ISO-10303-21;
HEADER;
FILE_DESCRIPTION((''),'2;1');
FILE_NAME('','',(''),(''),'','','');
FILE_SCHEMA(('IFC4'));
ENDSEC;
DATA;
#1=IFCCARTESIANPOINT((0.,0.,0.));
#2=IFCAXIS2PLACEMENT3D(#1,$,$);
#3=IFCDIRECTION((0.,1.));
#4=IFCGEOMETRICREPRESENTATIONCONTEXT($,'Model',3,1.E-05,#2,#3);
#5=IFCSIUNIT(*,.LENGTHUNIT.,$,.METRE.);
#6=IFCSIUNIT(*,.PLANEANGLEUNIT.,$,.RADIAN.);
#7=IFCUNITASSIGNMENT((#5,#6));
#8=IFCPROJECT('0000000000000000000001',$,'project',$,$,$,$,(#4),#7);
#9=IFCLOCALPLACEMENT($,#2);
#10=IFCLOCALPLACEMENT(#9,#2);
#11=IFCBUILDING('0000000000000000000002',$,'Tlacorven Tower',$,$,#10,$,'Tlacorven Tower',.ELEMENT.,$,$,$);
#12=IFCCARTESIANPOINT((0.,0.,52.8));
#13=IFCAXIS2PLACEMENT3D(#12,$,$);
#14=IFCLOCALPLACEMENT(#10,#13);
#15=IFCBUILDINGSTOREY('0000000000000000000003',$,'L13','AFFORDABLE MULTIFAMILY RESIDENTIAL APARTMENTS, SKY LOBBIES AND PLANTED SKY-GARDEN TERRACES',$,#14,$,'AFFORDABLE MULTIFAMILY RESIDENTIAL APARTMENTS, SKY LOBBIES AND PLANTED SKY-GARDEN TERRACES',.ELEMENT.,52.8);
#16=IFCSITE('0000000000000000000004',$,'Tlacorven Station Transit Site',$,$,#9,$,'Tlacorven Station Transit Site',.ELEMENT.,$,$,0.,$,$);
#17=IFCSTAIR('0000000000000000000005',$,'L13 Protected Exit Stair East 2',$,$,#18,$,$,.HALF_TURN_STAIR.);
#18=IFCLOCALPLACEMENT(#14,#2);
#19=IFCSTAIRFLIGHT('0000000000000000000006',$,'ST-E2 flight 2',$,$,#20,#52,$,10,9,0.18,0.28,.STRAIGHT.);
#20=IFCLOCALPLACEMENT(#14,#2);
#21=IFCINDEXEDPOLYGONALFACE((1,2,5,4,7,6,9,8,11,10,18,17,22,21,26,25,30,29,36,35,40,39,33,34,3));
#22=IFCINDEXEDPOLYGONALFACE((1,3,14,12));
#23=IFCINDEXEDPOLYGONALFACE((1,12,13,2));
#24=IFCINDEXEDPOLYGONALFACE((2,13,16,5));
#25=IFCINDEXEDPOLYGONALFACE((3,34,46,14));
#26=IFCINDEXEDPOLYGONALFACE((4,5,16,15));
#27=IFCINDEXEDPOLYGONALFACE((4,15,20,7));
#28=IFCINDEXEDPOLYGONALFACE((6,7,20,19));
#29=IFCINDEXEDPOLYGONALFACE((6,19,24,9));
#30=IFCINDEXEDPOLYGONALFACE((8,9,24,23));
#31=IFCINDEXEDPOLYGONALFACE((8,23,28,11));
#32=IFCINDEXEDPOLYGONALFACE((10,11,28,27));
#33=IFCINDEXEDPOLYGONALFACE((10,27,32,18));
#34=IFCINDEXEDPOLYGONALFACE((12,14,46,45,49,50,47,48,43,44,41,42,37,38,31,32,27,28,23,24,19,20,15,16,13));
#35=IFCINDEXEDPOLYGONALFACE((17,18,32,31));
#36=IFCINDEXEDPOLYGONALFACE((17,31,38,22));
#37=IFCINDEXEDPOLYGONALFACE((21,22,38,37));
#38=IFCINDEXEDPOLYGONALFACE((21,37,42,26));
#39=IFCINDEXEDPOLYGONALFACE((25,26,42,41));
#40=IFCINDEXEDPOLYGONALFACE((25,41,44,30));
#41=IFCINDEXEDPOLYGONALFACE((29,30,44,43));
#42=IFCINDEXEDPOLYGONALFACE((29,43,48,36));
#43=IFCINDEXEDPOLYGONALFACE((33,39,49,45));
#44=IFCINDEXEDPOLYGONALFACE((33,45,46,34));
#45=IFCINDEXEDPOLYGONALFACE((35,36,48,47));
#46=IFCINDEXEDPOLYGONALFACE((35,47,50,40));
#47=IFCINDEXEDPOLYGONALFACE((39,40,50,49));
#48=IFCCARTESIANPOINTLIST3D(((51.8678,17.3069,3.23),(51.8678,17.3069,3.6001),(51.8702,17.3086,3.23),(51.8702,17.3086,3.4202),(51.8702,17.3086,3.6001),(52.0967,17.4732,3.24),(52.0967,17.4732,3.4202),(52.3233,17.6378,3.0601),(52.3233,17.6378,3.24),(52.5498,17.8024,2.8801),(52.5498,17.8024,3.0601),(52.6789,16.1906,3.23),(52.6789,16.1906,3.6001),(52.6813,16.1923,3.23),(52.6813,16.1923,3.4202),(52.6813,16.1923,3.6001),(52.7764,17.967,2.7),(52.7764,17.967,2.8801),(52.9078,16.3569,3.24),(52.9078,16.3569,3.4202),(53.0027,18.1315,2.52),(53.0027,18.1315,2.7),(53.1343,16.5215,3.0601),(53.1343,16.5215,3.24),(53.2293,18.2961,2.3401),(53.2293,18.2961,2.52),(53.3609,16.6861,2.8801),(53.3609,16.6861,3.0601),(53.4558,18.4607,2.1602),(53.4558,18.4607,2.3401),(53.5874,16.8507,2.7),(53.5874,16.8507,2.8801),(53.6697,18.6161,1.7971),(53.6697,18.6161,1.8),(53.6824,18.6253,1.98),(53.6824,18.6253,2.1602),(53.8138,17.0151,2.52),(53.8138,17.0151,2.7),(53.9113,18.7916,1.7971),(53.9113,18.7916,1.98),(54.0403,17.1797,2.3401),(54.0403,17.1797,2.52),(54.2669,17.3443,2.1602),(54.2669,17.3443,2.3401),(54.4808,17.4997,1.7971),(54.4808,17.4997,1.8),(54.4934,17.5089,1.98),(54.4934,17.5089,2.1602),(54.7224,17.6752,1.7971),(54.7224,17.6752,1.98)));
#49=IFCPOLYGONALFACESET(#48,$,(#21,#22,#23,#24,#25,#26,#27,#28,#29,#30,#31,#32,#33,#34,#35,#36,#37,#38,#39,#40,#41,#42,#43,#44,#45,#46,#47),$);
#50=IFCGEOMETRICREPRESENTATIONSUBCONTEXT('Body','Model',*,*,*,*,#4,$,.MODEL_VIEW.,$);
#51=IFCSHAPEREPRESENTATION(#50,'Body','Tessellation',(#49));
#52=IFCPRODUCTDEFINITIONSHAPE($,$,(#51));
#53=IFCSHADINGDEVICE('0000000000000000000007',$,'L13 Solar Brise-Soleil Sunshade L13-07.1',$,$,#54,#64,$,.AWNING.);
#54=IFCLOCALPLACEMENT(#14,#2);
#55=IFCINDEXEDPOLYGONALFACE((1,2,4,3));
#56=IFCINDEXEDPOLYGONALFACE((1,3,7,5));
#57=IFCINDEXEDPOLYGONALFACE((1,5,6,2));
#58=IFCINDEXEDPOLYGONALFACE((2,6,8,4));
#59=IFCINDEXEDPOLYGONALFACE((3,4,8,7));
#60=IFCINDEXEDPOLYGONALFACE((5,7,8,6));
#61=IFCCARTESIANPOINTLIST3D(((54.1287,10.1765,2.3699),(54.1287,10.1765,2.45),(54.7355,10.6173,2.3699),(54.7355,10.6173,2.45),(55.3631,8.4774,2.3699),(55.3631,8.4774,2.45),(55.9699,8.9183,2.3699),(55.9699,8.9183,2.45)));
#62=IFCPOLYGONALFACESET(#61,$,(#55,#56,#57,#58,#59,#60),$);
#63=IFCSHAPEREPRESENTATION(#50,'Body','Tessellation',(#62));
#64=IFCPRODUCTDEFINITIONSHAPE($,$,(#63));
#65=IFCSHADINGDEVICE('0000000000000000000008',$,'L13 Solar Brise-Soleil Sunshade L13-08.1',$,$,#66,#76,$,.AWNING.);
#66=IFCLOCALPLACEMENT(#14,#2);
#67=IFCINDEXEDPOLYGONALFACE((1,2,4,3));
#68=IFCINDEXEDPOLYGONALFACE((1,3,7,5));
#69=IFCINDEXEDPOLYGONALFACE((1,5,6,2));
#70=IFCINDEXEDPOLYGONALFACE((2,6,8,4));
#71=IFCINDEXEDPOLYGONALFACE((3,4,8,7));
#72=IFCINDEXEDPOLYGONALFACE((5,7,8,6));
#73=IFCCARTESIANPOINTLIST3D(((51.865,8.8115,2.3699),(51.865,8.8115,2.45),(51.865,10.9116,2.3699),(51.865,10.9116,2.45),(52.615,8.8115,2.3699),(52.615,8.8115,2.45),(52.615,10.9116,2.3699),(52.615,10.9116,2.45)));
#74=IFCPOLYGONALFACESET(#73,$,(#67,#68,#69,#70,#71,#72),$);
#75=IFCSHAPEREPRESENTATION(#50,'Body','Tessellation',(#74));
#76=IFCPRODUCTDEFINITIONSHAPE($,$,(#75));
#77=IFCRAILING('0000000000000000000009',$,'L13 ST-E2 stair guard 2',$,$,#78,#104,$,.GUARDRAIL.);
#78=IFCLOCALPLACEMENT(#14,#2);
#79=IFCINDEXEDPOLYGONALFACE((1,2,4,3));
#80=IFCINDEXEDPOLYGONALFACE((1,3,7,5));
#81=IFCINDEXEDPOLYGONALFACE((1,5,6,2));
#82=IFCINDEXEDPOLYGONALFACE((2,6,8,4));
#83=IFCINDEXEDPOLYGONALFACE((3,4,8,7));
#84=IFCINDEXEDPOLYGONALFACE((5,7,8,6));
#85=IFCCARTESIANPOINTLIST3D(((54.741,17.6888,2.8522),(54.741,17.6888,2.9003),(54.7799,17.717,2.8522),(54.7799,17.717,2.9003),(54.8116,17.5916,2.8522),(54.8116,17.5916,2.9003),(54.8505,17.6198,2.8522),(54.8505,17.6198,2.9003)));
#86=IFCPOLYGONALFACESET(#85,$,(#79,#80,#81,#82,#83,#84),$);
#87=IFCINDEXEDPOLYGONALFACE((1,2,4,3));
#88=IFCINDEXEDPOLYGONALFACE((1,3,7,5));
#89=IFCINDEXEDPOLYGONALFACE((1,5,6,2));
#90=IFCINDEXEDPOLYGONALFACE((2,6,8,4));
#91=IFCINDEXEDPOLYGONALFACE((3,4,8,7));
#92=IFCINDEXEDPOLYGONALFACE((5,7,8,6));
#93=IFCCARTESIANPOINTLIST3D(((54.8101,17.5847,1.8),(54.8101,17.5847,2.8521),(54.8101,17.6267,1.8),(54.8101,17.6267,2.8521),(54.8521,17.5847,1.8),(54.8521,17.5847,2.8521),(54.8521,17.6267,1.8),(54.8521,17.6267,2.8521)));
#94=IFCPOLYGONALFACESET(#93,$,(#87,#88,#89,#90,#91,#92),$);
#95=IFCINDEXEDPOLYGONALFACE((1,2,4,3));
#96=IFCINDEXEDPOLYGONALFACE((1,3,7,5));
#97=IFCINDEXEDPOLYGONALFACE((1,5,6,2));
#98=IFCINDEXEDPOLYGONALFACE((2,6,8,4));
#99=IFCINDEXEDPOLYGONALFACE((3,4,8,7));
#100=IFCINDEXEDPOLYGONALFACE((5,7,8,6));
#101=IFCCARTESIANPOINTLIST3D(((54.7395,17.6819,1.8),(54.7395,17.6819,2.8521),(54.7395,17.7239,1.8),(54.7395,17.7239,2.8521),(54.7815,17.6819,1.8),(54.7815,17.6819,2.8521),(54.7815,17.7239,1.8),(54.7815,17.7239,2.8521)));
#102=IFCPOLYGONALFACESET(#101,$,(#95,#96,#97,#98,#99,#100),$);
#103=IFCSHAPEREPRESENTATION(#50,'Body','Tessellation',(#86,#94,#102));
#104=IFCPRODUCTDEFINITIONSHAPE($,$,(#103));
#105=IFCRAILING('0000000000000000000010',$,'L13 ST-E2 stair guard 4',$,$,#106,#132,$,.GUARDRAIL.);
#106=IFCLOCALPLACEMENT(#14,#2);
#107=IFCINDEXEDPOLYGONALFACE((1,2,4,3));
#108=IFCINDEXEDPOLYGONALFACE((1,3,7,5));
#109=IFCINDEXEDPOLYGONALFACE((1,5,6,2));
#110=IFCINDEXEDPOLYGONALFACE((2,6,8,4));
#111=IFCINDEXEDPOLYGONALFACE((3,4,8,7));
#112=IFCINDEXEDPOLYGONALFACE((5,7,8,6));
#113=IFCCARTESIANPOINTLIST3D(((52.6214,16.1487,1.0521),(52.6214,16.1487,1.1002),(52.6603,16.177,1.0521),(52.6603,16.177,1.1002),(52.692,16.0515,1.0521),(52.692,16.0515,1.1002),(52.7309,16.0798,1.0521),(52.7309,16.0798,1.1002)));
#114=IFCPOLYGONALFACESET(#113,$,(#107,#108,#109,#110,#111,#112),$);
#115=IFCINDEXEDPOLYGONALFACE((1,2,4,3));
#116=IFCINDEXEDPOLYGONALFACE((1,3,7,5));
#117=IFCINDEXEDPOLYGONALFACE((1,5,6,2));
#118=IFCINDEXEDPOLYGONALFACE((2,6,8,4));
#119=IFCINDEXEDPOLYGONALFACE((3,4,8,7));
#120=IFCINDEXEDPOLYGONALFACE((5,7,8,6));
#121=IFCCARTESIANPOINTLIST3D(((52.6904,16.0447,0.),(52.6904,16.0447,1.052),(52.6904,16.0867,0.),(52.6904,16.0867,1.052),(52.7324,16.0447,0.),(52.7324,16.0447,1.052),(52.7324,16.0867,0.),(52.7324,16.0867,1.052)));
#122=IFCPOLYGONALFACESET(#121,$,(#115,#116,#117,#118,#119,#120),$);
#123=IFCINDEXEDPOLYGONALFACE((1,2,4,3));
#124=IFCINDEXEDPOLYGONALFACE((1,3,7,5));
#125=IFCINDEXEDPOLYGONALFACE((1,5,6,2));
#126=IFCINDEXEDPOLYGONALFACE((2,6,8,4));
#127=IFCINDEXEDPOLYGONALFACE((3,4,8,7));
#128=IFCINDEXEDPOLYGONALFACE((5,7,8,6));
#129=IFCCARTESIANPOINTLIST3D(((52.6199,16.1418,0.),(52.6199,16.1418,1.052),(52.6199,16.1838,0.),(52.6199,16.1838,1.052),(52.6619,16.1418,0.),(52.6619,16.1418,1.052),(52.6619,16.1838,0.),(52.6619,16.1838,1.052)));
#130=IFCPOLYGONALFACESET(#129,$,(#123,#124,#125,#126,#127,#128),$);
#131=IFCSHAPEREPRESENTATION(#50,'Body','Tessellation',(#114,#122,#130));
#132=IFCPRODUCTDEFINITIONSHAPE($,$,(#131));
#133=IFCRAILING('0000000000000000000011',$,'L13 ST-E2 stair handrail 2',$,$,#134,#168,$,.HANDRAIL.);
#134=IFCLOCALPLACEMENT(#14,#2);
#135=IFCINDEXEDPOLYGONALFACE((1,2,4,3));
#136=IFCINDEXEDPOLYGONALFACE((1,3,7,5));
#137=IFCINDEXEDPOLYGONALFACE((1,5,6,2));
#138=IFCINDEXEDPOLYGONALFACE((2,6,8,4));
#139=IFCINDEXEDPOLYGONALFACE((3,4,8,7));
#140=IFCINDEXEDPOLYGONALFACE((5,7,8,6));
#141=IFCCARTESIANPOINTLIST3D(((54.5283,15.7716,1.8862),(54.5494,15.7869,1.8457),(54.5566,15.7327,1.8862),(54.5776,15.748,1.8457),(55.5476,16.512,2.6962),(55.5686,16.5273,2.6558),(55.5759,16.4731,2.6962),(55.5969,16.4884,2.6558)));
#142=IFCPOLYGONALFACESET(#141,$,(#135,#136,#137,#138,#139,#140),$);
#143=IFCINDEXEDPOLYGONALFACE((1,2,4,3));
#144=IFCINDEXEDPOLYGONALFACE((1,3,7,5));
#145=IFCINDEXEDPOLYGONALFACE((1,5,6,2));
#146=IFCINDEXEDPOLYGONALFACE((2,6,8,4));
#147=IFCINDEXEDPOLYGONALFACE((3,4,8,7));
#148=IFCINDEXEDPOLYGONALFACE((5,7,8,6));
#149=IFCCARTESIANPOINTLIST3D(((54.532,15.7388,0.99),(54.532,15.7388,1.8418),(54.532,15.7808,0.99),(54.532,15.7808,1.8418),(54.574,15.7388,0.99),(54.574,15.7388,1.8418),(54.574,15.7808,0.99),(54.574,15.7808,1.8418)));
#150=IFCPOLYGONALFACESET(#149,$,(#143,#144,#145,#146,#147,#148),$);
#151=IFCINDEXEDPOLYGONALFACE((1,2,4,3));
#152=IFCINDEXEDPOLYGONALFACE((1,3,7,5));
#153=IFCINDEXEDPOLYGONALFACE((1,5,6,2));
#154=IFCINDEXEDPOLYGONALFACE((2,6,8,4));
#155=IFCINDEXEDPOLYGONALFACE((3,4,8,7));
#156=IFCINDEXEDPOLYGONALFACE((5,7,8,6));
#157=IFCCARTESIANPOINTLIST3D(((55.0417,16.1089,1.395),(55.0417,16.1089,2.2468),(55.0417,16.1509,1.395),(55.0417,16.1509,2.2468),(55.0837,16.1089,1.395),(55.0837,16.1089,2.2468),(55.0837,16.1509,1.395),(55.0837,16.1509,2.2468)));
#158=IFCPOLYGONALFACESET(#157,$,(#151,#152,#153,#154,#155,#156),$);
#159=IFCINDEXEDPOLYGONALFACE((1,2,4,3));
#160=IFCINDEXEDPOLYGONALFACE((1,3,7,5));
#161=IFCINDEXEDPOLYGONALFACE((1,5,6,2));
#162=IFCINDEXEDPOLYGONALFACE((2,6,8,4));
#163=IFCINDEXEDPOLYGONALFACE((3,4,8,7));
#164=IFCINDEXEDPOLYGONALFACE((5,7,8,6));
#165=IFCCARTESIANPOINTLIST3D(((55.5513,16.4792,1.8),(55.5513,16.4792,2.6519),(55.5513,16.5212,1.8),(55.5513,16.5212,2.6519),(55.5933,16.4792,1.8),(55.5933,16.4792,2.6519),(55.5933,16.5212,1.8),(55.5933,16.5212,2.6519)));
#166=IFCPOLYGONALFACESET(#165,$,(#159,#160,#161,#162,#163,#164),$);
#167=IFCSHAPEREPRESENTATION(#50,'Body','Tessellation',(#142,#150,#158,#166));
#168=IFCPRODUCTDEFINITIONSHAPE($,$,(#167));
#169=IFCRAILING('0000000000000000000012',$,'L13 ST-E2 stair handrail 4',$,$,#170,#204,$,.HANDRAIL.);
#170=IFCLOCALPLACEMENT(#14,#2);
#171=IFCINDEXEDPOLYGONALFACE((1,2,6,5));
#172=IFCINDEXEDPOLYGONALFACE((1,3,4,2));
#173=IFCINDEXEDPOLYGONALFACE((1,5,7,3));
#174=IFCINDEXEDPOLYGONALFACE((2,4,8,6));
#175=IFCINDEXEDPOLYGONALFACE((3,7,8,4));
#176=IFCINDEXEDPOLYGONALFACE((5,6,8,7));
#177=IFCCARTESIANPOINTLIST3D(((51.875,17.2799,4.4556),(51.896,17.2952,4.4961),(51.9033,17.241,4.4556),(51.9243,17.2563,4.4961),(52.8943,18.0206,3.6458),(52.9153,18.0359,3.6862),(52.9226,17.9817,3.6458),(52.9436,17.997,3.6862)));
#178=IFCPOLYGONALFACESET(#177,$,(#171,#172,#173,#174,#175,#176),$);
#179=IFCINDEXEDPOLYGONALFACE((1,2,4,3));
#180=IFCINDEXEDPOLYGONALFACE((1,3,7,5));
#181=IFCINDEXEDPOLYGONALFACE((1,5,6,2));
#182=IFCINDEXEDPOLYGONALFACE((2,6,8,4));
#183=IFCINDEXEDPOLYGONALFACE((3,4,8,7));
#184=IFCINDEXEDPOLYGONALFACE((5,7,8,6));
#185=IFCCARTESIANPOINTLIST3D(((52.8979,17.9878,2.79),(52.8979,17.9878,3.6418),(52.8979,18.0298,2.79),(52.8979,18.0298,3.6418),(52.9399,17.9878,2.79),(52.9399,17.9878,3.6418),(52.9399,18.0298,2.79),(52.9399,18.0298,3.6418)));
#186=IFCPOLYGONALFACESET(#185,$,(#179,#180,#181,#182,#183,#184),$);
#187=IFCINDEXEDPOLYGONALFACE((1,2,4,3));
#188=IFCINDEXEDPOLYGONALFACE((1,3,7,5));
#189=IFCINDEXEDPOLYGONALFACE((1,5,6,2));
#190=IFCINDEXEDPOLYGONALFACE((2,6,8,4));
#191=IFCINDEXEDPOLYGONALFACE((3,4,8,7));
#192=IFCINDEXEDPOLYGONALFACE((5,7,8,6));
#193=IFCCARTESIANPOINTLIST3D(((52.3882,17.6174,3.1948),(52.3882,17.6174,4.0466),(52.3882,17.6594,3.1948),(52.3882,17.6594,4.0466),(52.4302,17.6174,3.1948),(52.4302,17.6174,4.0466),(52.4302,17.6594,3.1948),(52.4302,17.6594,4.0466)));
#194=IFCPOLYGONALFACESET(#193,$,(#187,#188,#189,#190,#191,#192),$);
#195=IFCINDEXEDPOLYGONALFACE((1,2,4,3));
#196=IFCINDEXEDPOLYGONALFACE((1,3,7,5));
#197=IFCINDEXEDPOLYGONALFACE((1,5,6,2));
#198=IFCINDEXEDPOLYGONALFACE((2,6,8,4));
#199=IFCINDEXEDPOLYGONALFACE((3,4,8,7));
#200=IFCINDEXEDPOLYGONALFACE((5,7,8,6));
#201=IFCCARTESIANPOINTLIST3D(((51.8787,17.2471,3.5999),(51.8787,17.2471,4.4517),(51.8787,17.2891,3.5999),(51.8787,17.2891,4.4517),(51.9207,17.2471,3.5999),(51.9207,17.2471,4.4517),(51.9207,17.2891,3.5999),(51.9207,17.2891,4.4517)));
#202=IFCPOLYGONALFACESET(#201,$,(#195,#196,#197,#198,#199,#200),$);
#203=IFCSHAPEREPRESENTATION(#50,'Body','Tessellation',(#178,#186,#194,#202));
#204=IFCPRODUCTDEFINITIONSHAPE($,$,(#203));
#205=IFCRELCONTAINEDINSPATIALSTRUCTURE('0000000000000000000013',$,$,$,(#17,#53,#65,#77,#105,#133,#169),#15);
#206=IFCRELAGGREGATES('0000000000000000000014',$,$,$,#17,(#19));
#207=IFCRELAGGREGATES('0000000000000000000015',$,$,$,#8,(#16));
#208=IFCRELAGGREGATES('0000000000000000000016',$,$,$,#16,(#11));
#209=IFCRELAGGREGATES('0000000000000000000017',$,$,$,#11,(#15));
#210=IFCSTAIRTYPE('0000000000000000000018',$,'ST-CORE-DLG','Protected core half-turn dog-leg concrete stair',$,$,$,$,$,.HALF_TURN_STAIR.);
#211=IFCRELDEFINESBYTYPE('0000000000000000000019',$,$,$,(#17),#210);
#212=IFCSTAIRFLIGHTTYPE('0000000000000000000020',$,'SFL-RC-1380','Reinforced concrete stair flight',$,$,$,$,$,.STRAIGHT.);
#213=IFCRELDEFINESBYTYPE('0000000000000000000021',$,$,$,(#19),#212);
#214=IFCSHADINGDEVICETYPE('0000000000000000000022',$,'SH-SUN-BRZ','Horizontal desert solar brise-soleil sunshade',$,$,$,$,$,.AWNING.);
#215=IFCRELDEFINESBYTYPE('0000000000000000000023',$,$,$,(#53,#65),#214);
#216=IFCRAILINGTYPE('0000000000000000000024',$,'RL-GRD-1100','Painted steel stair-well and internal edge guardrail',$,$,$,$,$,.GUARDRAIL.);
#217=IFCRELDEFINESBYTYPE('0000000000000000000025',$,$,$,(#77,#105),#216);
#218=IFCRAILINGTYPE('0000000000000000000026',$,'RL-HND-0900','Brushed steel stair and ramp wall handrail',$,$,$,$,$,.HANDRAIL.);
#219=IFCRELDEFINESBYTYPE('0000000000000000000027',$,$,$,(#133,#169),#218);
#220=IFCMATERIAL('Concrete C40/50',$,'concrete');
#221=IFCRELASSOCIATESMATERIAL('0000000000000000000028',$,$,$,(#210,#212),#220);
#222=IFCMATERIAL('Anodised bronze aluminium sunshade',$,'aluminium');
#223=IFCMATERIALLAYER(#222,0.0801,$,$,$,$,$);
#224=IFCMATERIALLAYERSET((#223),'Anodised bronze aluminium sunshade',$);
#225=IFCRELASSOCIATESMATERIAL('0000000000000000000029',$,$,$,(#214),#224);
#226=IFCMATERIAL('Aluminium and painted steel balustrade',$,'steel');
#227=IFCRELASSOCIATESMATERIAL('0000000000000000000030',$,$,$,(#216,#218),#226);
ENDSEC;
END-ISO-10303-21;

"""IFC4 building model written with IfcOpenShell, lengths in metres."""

from ifc_helpers import new_model, si_unit, direction, frame, origin, origin_2d, place, context, subcontext, project, spatial, polyline, rectangle, outline, extrude, source, transform, mapped, material, layer, layer_set, type_object, element, aggregate, save


model = new_model("IFC4")

# Units and contexts
model_context = context("Model", 3, precision=1e-05, world=origin(), true_north=direction((0.0, 1.0)))
body_context = subcontext(model_context, "Body", "Model", "MODEL_VIEW")
ifc_project = project(units=[si_unit("LENGTHUNIT", "METRE"), si_unit("PLANEANGLEUNIT", "RADIAN")], contexts=[model_context])

# Site, building, storey
site_placement = place(None, origin())
site = spatial("IfcSite", under=ifc_project, at=site_placement, Name="Tlacorven Station Transit Site", LongName="Tlacorven Station Transit Site", CompositionType="ELEMENT", RefElevation=0.0)
building_placement = place(site_placement, origin())
building = spatial("IfcBuilding", under=site, at=building_placement, Name="Tlacorven Tower", LongName="Tlacorven Tower", CompositionType="ELEMENT")
storey_placement = place(building_placement, frame((0.0, 0.0, 52.8)))
storey = spatial("IfcBuildingStorey", under=building, at=storey_placement, Name="L13", Description="AFFORDABLE MULTIFAMILY RESIDENTIAL APARTMENTS, SKY LOBBIES AND PLANTED SKY-GARDEN TERRACES", LongName="AFFORDABLE MULTIFAMILY RESIDENTIAL APARTMENTS, SKY LOBBIES AND PLANTED SKY-GARDEN TERRACES", CompositionType="ELEMENT", Elevation=52.8)

# Stair, stair flight
ifc_material_1 = material(Name="Concrete C40/50", Category="concrete")
stair_type = type_object("IfcStairType", Name="ST-CORE-DLG", Description="Protected core half-turn dog-leg concrete stair", PredefinedType="HALF_TURN_STAIR", material=ifc_material_1)
stair_placement = place(storey_placement, origin())
stair = element("IfcStair", 1, at=stair_placement, inside=storey, type_object=stair_type, Name="L13 Protected Exit Stair East 2", PredefinedType="HALF_TURN_STAIR")
stair_flight_type = type_object("IfcStairFlightType", Name="SFL-RC-1380", Description="Reinforced concrete stair flight", PredefinedType="STRAIGHT", material=ifc_material_1)
shared_shape_1 = source(origin(), body_context, "Body", "SweptSolid", [
    extrude(outline(polyline([(-0.0029, -0.0029), (-0.0029, 0.1799), (0.28, 0.1799), (0.28, 0.3601), (0.5601, 0.3601), (0.5601, 0.54), (0.8401, 0.54), (0.8401, 0.72), (1.1201, 0.72), (1.1201, 0.8999), (1.3999, 0.8999), (1.3999, 1.0801), (1.6799, 1.0801), (1.6799, 1.26), (1.96, 1.26), (1.96, 1.4399), (2.24, 1.4399), (2.24, 1.6201), (2.52, 1.6201), (2.52, 1.8), (2.5229, 1.8), (2.5229, 1.4299), (2.52, 1.4299), (0.2957, 0.0), (0.2957, -0.0029), (-0.0029, -0.0029)])), frame((0.0, 0.6899, 0.0), z_axis=(0.0, -1.0, 0.0), x_axis=(1.0, 0.0, 0.0)), (0.0, 0.0, 1.0), 1.3799),
])
stair_flight_1_placement = place(storey_placement, frame((54.3145, 18.2317, 1.8), z_axis=(0.0, 0.0, 1.0), x_axis=(-0.809017, -0.587785, 0.0)))
stair_flight_1 = element("IfcStairFlight", 2, at=stair_flight_1_placement, type_object=stair_flight_type, Name="ST-E2 flight 2", NumberOfRisers=10, NumberOfTreads=9, PredefinedType="STRAIGHT", RiserHeight=0.18, TreadLength=0.28, context=body_context, shape_type="MappedRepresentation", body=[
    mapped(shared_shape_1, transform((0.0, 0.0, 0.0), scale=1.0)),
])
aggregate(stair, [stair_flight_1])

# Shading devices
ifc_material_2 = material(Name="Anodised bronze aluminium sunshade", Category="aluminium")
ifc_layer_1 = layer(ifc_material_2, 0.0801)
ifc_layer_set_1 = layer_set([ifc_layer_1], Name="Anodised bronze aluminium sunshade")
shading_device_type = type_object("IfcShadingDeviceType", Name="SH-SUN-BRZ", Description="Horizontal desert solar brise-soleil sunshade", PredefinedType="AWNING", material=ifc_layer_set_1)
shared_shape_2 = source(origin(), body_context, "Body", "SweptSolid", [
    extrude(rectangle(XDim=2.1001, YDim=0.75, at=origin_2d()), origin(), (0.0, 0.0, 1.0), 0.0801),
])
for number, where, z_axis, x_axis, name in (
    (3, (55.0493, 9.5474, 2.3699), (0.0, 0.0, 1.0), (-0.587786, 0.809017, 0.0), "L13 Solar Brise-Soleil Sunshade L13-07.1"),
    (4, (52.24, 9.8616, 2.3699), (0.0, 0.0, 1.0), (0.0, -1.0, 0.0), "L13 Solar Brise-Soleil Sunshade L13-08.1"),
):
    element("IfcShadingDevice", number, at=place(storey_placement, frame(where, z_axis=z_axis, x_axis=x_axis)), inside=storey, type_object=shading_device_type, Name=name, PredefinedType="AWNING", context=body_context, shape_type="MappedRepresentation", body=[
        mapped(shared_shape_2, transform((0.0, 0.0, 0.0), scale=1.0)),
    ])

# Railings
ifc_material_3 = material(Name="Aluminium and painted steel balustrade", Category="steel")
railing_type_1 = type_object("IfcRailingType", Name="RL-GRD-1100", Description="Painted steel stair-well and internal edge guardrail", PredefinedType="GUARDRAIL", material=ifc_material_3)
shared_shape_3 = source(origin(), body_context, "Body", "SweptSolid", [
    extrude(rectangle(XDim=0.0481, YDim=0.0481, at=origin_2d()), frame((0.0, 0.0, 1.0762), z_axis=(-0.587567, 0.809175, 0.0), x_axis=(-0.809175, -0.587567, 0.0)), (0.0, 0.0, 1.0), 0.1201),
    extrude(rectangle(XDim=0.042, YDim=0.042, at=origin_2d()), origin(), (0.0, 0.0, 1.0), 1.052),
    extrude(rectangle(XDim=0.042, YDim=0.042, at=origin_2d()), frame((-0.0706, 0.0972, 0.0)), (0.0, 0.0, 1.0), 1.052),
])
for number, where, name in (
    (5, (54.8311, 17.6057, 1.8), "L13 ST-E2 stair guard 2"),
    (6, (52.7114, 16.0657, 0.0), "L13 ST-E2 stair guard 4"),
):
    element("IfcRailing", number, at=place(storey_placement, frame(where)), inside=storey, type_object=railing_type_1, Name=name, PredefinedType="GUARDRAIL", context=body_context, shape_type="MappedRepresentation", body=[
        mapped(shared_shape_3, transform((0.0, 0.0, 0.0), scale=1.0)),
    ])
railing_type_2 = type_object("IfcRailingType", Name="RL-HND-0900", Description="Brushed steel stair and ramp wall handrail", PredefinedType="HANDRAIL", material=ifc_material_3)
shared_shape_4 = source(origin(), body_context, "Body", "SweptSolid", [
    extrude(rectangle(XDim=0.0481, YDim=0.0481, at=origin_2d()), frame((0.0, 0.0, 0.876), z_axis=(0.680516, 0.494373, 0.540827), x_axis=(-0.587745, 0.809046, 0.0)), (0.0, 0.0, 1.0), 1.4978),
    extrude(rectangle(XDim=0.042, YDim=0.042, at=origin_2d()), origin(), (0.0, 0.0, 1.0), 0.8518),
    extrude(rectangle(XDim=0.042, YDim=0.042, at=origin_2d()), frame((0.5098, 0.3701, 0.405)), (0.0, 0.0, 1.0), 0.8518),
    extrude(rectangle(XDim=0.042, YDim=0.042, at=origin_2d()), frame((1.0193, 0.7405, 0.8101)), (0.0, 0.0, 1.0), 0.8518),
])
railing_1_placement = place(storey_placement, frame((54.553, 15.7598, 0.99)))
element("IfcRailing", 7, at=railing_1_placement, inside=storey, type_object=railing_type_2, Name="L13 ST-E2 stair handrail 2", PredefinedType="HANDRAIL", context=body_context, shape_type="MappedRepresentation", body=[
    mapped(shared_shape_4, transform((0.0, 0.0, 0.0), scale=1.0)),
])
shared_shape_5 = source(origin(), body_context, "Body", "SweptSolid", [
    extrude(rectangle(XDim=0.0481, YDim=0.0481, at=origin_2d()), frame((0.0, 0.0, 0.876), z_axis=(-0.680521, -0.494539, 0.540668), x_axis=(0.587872, -0.808954, 0.0)), (0.0, 0.0, 1.0), 1.4978),
    extrude(rectangle(XDim=0.042, YDim=0.042, at=origin_2d()), origin(), (0.0, 0.0, 1.0), 0.8518),
    extrude(rectangle(XDim=0.042, YDim=0.042, at=origin_2d()), frame((-0.5098, -0.3704, 0.4048)), (0.0, 0.0, 1.0), 0.8518),
    extrude(rectangle(XDim=0.042, YDim=0.042, at=origin_2d()), frame((-1.0193, -0.7407, 0.8098)), (0.0, 0.0, 1.0), 0.8518),
])
railing_2_placement = place(storey_placement, frame((52.9189, 18.0088, 2.79)))
element("IfcRailing", 8, at=railing_2_placement, inside=storey, type_object=railing_type_2, Name="L13 ST-E2 stair handrail 4", PredefinedType="HANDRAIL", context=body_context, shape_type="MappedRepresentation", body=[
    mapped(shared_shape_5, transform((0.0, 0.0, 0.0), scale=1.0)),
])

save(model, "model.ifc")
